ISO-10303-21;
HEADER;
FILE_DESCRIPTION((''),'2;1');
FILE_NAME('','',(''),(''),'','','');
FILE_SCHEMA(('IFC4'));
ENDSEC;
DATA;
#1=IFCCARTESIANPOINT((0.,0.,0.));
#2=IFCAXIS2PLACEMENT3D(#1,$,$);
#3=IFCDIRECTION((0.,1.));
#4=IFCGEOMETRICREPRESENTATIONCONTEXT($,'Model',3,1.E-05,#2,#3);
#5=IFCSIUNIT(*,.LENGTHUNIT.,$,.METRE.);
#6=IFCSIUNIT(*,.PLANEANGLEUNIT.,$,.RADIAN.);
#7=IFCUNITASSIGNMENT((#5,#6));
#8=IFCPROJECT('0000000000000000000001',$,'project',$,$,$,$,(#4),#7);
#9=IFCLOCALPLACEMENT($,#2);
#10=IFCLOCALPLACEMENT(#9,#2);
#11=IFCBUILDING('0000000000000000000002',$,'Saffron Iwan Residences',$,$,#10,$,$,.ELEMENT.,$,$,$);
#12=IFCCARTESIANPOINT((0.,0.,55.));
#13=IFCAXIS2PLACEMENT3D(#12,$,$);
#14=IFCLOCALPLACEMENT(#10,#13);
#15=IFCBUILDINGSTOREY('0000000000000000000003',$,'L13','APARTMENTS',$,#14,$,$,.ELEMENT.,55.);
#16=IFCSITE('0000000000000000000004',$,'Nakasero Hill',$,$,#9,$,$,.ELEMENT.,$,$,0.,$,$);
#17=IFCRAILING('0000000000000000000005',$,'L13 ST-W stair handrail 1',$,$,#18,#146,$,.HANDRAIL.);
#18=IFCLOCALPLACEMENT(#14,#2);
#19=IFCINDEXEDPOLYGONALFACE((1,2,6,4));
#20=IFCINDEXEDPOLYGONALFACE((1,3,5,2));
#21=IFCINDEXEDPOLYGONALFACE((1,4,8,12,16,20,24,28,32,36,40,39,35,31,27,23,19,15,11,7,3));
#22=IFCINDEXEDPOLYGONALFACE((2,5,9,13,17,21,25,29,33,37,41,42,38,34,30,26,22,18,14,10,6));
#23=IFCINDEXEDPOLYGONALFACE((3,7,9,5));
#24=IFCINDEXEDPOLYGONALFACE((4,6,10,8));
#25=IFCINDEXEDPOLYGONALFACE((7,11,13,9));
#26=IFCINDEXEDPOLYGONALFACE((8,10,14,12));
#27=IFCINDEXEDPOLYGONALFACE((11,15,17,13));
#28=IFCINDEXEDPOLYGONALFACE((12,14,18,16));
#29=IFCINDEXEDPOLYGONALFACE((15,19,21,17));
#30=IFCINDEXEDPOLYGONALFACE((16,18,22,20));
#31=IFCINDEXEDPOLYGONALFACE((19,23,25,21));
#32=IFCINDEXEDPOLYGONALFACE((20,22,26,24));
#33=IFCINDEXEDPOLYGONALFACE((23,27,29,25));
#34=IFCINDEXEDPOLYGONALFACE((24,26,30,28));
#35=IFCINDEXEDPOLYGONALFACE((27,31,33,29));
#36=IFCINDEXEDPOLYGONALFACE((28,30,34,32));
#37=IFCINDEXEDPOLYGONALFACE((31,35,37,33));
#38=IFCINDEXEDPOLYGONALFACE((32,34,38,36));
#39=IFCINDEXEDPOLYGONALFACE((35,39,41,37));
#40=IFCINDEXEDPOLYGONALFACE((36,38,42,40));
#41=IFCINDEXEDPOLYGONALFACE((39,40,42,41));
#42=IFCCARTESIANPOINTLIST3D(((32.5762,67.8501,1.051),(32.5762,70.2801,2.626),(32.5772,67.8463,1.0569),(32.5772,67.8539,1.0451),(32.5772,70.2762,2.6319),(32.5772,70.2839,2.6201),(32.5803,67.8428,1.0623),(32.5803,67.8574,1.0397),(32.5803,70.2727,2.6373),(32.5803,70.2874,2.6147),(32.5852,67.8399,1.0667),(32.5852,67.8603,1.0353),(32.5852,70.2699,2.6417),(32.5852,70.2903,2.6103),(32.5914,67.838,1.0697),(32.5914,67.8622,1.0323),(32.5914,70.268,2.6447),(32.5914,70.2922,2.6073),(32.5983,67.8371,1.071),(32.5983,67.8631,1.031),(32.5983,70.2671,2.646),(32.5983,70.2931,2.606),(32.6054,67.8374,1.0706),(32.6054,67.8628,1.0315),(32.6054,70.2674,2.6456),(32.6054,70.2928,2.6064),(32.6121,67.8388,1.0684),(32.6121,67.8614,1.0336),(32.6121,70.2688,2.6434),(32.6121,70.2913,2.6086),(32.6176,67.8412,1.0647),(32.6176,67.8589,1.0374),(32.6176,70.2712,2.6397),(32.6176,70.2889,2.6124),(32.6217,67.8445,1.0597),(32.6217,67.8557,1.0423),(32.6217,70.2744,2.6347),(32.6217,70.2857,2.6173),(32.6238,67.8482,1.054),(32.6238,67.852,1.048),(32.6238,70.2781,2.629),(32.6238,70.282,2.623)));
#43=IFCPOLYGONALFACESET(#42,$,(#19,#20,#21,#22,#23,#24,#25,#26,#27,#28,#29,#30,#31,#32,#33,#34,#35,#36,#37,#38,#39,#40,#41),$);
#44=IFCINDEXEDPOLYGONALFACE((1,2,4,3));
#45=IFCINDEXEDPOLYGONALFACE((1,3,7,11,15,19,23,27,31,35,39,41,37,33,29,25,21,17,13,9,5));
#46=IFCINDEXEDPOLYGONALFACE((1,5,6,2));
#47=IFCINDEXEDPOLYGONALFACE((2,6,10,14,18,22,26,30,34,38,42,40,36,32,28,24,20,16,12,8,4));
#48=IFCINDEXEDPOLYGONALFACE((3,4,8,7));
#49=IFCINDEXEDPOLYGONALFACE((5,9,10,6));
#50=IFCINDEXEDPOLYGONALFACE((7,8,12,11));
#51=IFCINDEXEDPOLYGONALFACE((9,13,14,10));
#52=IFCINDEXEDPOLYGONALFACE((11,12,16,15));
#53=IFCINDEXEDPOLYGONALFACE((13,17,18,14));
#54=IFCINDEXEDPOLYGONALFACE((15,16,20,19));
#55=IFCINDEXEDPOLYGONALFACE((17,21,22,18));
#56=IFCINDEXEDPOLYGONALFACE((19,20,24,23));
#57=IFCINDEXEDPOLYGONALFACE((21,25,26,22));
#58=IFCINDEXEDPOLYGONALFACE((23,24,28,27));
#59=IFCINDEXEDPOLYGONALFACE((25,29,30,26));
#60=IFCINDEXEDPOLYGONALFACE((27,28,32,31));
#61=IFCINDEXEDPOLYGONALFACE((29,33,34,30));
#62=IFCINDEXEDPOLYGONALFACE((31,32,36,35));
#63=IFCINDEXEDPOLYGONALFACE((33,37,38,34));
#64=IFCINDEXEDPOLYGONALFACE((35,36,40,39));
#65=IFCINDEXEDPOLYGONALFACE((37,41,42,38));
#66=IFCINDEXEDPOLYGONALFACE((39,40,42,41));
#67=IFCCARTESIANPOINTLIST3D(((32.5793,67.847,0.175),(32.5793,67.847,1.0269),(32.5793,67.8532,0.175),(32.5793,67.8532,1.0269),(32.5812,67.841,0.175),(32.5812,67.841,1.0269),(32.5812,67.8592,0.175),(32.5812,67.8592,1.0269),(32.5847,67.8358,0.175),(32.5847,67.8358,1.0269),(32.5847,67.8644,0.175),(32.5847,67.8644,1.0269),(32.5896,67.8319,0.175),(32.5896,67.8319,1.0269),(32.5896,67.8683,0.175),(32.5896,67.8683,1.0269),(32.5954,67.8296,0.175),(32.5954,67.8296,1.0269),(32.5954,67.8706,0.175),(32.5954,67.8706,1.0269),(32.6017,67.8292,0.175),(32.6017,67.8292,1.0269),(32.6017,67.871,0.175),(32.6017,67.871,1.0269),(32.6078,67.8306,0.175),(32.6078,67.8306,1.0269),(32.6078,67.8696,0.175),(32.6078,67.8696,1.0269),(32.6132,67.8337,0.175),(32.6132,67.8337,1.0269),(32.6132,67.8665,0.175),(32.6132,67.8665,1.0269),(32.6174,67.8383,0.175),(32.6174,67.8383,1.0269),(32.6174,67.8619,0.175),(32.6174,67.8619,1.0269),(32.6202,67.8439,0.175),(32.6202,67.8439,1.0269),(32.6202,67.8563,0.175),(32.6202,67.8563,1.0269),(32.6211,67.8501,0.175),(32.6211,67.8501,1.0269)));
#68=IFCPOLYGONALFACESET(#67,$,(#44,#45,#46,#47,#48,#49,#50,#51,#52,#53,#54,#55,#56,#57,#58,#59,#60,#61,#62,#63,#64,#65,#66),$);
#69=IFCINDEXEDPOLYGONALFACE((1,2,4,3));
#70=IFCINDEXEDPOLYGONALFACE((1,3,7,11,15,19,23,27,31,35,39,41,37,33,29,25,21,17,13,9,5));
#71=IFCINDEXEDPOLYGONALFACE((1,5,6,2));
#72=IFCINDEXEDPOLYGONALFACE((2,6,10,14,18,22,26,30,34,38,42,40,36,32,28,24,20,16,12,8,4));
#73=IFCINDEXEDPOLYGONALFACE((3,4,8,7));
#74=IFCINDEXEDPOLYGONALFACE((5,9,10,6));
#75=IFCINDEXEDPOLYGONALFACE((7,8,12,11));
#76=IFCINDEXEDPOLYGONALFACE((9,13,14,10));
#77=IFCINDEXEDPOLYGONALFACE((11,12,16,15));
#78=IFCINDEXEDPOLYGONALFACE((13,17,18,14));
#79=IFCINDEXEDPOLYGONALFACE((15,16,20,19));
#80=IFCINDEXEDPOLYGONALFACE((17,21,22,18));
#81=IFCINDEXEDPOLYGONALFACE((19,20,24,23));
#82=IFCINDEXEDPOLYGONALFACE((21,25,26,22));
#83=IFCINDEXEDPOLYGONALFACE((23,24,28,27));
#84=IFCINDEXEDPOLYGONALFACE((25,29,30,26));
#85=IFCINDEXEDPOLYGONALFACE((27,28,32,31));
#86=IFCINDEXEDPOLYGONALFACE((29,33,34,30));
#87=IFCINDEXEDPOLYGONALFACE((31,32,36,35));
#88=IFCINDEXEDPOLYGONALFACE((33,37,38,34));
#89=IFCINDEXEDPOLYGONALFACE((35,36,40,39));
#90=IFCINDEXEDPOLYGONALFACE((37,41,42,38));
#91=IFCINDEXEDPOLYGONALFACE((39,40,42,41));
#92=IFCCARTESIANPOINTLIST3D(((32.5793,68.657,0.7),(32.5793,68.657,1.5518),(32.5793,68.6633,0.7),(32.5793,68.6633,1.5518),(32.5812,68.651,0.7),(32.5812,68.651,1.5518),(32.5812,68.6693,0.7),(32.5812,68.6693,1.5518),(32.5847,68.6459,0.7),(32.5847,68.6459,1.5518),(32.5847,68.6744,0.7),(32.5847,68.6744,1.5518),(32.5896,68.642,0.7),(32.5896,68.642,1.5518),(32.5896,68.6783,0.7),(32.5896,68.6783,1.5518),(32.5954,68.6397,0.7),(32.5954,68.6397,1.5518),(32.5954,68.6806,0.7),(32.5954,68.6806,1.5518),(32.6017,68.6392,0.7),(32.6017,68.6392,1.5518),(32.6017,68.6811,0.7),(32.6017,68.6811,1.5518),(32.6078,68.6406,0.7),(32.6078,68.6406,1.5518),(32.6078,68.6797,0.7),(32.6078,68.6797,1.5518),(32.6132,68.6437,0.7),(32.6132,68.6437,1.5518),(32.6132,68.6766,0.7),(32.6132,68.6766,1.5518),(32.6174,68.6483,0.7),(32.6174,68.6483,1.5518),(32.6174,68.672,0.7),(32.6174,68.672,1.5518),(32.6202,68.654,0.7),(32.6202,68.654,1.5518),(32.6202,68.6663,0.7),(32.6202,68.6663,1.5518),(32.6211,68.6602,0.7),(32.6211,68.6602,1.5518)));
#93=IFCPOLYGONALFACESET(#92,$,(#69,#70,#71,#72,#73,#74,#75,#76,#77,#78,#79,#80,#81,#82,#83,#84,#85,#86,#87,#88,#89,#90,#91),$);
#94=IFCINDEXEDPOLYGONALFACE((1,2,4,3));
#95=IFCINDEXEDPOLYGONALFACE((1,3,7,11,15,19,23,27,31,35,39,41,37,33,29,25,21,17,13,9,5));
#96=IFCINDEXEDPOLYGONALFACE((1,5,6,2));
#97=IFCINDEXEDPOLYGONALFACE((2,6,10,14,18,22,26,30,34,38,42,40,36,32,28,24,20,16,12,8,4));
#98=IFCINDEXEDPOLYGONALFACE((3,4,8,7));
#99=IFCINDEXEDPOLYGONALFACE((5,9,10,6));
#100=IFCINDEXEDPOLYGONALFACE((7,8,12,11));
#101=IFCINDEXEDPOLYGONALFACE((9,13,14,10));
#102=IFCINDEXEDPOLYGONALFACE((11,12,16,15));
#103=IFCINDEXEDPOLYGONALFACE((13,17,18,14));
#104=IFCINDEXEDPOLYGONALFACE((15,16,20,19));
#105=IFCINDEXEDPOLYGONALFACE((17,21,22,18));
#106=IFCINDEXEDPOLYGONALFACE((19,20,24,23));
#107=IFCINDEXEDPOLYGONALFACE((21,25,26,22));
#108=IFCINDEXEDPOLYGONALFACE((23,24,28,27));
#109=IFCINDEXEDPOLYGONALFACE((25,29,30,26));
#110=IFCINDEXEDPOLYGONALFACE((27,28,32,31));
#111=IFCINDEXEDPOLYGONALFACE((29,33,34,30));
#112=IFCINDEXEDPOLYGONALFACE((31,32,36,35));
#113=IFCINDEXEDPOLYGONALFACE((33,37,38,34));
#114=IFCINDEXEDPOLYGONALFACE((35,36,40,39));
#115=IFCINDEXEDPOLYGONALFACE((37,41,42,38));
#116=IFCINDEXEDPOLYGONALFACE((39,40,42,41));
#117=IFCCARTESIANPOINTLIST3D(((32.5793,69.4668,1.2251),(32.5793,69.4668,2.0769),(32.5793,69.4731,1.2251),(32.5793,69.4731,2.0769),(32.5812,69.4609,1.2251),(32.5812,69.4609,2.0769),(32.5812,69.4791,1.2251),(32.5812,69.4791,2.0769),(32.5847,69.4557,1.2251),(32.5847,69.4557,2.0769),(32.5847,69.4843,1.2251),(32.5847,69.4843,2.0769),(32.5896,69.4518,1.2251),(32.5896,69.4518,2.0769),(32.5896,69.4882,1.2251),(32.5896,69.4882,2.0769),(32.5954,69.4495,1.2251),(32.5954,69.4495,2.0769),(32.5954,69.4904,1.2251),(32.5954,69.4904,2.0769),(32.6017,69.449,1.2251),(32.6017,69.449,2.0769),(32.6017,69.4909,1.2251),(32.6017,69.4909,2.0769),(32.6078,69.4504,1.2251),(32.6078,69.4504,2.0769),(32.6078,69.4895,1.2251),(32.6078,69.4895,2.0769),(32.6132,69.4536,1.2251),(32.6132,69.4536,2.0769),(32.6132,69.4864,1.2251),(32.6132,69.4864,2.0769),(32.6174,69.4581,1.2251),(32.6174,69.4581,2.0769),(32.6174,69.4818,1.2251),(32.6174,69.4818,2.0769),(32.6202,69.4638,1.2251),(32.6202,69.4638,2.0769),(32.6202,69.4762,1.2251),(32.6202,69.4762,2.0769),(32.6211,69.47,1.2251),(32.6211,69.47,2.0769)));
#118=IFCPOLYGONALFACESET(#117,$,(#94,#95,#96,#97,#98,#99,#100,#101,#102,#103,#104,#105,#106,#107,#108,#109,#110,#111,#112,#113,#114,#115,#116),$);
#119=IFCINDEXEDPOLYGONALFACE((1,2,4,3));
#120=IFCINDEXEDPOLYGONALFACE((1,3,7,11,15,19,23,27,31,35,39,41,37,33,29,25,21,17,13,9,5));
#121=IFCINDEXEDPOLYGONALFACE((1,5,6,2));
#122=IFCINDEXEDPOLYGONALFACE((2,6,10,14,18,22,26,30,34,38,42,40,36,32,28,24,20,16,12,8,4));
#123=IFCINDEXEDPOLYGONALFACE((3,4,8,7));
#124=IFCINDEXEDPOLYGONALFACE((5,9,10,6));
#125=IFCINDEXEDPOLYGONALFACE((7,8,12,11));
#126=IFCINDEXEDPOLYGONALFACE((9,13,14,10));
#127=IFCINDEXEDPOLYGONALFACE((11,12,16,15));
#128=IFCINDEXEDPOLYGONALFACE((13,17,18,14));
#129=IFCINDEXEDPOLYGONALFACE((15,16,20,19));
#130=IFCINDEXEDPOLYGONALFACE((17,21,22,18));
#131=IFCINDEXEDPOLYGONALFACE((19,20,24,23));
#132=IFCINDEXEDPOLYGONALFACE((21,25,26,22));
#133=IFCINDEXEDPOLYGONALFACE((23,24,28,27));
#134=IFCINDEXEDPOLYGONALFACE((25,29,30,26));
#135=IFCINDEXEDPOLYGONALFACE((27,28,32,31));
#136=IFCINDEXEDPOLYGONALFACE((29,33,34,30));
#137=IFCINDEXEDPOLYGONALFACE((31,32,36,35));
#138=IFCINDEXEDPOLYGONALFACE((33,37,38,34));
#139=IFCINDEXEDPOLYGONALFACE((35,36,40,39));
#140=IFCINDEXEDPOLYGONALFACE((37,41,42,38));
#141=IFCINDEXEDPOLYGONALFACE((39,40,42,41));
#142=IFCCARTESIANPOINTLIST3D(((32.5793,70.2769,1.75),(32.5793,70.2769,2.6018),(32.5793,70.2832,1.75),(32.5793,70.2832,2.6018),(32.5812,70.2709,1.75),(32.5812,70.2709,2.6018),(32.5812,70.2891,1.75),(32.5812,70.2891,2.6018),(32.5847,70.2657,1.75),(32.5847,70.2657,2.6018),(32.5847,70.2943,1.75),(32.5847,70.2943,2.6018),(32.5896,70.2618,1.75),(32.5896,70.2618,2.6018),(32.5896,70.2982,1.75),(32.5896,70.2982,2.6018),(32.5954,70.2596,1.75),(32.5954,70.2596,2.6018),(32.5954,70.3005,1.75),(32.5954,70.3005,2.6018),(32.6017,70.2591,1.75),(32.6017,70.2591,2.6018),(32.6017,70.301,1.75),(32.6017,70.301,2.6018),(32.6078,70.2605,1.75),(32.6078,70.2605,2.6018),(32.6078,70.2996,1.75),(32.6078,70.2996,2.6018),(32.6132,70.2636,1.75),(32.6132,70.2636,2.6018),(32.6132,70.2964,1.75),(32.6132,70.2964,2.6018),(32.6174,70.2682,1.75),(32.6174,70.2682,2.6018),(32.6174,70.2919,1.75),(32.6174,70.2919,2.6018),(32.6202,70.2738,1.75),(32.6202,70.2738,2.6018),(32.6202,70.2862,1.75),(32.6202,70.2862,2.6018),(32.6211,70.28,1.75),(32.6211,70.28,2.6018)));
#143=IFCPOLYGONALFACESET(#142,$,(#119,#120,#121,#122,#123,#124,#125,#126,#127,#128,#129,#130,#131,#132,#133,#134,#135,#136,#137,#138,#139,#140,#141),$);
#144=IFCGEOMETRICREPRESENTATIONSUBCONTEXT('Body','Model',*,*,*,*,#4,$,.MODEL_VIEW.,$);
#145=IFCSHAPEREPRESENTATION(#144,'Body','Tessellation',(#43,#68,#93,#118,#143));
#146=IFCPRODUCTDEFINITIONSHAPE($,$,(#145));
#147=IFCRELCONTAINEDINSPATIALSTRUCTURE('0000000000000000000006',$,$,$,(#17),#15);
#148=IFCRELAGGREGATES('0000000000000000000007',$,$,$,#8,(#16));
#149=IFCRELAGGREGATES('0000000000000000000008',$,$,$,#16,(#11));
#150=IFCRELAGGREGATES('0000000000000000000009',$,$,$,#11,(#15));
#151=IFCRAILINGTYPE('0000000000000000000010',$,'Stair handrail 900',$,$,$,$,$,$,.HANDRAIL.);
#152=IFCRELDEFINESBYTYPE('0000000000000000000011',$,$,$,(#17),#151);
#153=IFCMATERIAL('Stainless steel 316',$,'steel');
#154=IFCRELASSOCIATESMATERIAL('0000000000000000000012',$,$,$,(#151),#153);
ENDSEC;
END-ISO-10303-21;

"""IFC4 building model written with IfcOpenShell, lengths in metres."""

from ifc_helpers import new_model, si_unit, direction, frame, origin, origin_2d, place, context, subcontext, project, spatial, circle, extrude, material, type_object, element, save


model = new_model("IFC4")

# Units and contexts
model_context = context("Model", 3, precision=1e-05, world=origin(), true_north=direction((0.0, 1.0)))
body_context = subcontext(model_context, "Body", "Model", "MODEL_VIEW")
ifc_project = project(units=[si_unit("LENGTHUNIT", "METRE"), si_unit("PLANEANGLEUNIT", "RADIAN")], contexts=[model_context])

# Site, building, storey
site_placement = place(None, origin())
site = spatial("IfcSite", under=ifc_project, at=site_placement, Name="Nakasero Hill", CompositionType="ELEMENT", RefElevation=0.0)
building_placement = place(site_placement, origin())
building = spatial("IfcBuilding", under=site, at=building_placement, Name="Saffron Iwan Residences", CompositionType="ELEMENT")
storey_placement = place(building_placement, frame((0.0, 0.0, 55.0)))
storey = spatial("IfcBuildingStorey", under=building, at=storey_placement, Name="L13", Description="APARTMENTS", CompositionType="ELEMENT", Elevation=55.0)

# Railing
ifc_material_1 = material(Name="Stainless steel 316", Category="steel")
railing_type_1 = type_object("IfcRailingType", Name="Stair handrail 900", PredefinedType="HANDRAIL", material=ifc_material_1)
railing_1_placement = place(storey_placement, frame((32.6001, 67.8501, 0.175)))
element("IfcRailing", 1, at=railing_1_placement, inside=storey, type_object=railing_type_1, Name="L13 ST-W stair handrail 1", PredefinedType="HANDRAIL", context=body_context, shape_type="SweptSolid", body=[
    extrude(circle(Radius=0.0239, at=origin_2d()), frame((0.0, 0.0, 0.876), z_axis=(0.0, 0.839154, 0.543894), x_axis=(-1.0, 0.0, 0.0)), (0.0, 0.0, 1.0), 2.8958),
    extrude(circle(Radius=0.021, at=origin_2d()), origin(), (0.0, 0.0, 1.0), 0.8518),
    extrude(circle(Radius=0.021, at=origin_2d()), frame((0.0, 0.8101, 0.5249)), (0.0, 0.0, 1.0), 0.8518),
    extrude(circle(Radius=0.021, at=origin_2d()), frame((0.0, 1.6199, 1.05)), (0.0, 0.0, 1.0), 0.8518),
    extrude(circle(Radius=0.021, at=origin_2d()), frame((0.0, 2.4299, 1.575)), (0.0, 0.0, 1.0), 0.8518),
])

save(model, "model.ifc")
